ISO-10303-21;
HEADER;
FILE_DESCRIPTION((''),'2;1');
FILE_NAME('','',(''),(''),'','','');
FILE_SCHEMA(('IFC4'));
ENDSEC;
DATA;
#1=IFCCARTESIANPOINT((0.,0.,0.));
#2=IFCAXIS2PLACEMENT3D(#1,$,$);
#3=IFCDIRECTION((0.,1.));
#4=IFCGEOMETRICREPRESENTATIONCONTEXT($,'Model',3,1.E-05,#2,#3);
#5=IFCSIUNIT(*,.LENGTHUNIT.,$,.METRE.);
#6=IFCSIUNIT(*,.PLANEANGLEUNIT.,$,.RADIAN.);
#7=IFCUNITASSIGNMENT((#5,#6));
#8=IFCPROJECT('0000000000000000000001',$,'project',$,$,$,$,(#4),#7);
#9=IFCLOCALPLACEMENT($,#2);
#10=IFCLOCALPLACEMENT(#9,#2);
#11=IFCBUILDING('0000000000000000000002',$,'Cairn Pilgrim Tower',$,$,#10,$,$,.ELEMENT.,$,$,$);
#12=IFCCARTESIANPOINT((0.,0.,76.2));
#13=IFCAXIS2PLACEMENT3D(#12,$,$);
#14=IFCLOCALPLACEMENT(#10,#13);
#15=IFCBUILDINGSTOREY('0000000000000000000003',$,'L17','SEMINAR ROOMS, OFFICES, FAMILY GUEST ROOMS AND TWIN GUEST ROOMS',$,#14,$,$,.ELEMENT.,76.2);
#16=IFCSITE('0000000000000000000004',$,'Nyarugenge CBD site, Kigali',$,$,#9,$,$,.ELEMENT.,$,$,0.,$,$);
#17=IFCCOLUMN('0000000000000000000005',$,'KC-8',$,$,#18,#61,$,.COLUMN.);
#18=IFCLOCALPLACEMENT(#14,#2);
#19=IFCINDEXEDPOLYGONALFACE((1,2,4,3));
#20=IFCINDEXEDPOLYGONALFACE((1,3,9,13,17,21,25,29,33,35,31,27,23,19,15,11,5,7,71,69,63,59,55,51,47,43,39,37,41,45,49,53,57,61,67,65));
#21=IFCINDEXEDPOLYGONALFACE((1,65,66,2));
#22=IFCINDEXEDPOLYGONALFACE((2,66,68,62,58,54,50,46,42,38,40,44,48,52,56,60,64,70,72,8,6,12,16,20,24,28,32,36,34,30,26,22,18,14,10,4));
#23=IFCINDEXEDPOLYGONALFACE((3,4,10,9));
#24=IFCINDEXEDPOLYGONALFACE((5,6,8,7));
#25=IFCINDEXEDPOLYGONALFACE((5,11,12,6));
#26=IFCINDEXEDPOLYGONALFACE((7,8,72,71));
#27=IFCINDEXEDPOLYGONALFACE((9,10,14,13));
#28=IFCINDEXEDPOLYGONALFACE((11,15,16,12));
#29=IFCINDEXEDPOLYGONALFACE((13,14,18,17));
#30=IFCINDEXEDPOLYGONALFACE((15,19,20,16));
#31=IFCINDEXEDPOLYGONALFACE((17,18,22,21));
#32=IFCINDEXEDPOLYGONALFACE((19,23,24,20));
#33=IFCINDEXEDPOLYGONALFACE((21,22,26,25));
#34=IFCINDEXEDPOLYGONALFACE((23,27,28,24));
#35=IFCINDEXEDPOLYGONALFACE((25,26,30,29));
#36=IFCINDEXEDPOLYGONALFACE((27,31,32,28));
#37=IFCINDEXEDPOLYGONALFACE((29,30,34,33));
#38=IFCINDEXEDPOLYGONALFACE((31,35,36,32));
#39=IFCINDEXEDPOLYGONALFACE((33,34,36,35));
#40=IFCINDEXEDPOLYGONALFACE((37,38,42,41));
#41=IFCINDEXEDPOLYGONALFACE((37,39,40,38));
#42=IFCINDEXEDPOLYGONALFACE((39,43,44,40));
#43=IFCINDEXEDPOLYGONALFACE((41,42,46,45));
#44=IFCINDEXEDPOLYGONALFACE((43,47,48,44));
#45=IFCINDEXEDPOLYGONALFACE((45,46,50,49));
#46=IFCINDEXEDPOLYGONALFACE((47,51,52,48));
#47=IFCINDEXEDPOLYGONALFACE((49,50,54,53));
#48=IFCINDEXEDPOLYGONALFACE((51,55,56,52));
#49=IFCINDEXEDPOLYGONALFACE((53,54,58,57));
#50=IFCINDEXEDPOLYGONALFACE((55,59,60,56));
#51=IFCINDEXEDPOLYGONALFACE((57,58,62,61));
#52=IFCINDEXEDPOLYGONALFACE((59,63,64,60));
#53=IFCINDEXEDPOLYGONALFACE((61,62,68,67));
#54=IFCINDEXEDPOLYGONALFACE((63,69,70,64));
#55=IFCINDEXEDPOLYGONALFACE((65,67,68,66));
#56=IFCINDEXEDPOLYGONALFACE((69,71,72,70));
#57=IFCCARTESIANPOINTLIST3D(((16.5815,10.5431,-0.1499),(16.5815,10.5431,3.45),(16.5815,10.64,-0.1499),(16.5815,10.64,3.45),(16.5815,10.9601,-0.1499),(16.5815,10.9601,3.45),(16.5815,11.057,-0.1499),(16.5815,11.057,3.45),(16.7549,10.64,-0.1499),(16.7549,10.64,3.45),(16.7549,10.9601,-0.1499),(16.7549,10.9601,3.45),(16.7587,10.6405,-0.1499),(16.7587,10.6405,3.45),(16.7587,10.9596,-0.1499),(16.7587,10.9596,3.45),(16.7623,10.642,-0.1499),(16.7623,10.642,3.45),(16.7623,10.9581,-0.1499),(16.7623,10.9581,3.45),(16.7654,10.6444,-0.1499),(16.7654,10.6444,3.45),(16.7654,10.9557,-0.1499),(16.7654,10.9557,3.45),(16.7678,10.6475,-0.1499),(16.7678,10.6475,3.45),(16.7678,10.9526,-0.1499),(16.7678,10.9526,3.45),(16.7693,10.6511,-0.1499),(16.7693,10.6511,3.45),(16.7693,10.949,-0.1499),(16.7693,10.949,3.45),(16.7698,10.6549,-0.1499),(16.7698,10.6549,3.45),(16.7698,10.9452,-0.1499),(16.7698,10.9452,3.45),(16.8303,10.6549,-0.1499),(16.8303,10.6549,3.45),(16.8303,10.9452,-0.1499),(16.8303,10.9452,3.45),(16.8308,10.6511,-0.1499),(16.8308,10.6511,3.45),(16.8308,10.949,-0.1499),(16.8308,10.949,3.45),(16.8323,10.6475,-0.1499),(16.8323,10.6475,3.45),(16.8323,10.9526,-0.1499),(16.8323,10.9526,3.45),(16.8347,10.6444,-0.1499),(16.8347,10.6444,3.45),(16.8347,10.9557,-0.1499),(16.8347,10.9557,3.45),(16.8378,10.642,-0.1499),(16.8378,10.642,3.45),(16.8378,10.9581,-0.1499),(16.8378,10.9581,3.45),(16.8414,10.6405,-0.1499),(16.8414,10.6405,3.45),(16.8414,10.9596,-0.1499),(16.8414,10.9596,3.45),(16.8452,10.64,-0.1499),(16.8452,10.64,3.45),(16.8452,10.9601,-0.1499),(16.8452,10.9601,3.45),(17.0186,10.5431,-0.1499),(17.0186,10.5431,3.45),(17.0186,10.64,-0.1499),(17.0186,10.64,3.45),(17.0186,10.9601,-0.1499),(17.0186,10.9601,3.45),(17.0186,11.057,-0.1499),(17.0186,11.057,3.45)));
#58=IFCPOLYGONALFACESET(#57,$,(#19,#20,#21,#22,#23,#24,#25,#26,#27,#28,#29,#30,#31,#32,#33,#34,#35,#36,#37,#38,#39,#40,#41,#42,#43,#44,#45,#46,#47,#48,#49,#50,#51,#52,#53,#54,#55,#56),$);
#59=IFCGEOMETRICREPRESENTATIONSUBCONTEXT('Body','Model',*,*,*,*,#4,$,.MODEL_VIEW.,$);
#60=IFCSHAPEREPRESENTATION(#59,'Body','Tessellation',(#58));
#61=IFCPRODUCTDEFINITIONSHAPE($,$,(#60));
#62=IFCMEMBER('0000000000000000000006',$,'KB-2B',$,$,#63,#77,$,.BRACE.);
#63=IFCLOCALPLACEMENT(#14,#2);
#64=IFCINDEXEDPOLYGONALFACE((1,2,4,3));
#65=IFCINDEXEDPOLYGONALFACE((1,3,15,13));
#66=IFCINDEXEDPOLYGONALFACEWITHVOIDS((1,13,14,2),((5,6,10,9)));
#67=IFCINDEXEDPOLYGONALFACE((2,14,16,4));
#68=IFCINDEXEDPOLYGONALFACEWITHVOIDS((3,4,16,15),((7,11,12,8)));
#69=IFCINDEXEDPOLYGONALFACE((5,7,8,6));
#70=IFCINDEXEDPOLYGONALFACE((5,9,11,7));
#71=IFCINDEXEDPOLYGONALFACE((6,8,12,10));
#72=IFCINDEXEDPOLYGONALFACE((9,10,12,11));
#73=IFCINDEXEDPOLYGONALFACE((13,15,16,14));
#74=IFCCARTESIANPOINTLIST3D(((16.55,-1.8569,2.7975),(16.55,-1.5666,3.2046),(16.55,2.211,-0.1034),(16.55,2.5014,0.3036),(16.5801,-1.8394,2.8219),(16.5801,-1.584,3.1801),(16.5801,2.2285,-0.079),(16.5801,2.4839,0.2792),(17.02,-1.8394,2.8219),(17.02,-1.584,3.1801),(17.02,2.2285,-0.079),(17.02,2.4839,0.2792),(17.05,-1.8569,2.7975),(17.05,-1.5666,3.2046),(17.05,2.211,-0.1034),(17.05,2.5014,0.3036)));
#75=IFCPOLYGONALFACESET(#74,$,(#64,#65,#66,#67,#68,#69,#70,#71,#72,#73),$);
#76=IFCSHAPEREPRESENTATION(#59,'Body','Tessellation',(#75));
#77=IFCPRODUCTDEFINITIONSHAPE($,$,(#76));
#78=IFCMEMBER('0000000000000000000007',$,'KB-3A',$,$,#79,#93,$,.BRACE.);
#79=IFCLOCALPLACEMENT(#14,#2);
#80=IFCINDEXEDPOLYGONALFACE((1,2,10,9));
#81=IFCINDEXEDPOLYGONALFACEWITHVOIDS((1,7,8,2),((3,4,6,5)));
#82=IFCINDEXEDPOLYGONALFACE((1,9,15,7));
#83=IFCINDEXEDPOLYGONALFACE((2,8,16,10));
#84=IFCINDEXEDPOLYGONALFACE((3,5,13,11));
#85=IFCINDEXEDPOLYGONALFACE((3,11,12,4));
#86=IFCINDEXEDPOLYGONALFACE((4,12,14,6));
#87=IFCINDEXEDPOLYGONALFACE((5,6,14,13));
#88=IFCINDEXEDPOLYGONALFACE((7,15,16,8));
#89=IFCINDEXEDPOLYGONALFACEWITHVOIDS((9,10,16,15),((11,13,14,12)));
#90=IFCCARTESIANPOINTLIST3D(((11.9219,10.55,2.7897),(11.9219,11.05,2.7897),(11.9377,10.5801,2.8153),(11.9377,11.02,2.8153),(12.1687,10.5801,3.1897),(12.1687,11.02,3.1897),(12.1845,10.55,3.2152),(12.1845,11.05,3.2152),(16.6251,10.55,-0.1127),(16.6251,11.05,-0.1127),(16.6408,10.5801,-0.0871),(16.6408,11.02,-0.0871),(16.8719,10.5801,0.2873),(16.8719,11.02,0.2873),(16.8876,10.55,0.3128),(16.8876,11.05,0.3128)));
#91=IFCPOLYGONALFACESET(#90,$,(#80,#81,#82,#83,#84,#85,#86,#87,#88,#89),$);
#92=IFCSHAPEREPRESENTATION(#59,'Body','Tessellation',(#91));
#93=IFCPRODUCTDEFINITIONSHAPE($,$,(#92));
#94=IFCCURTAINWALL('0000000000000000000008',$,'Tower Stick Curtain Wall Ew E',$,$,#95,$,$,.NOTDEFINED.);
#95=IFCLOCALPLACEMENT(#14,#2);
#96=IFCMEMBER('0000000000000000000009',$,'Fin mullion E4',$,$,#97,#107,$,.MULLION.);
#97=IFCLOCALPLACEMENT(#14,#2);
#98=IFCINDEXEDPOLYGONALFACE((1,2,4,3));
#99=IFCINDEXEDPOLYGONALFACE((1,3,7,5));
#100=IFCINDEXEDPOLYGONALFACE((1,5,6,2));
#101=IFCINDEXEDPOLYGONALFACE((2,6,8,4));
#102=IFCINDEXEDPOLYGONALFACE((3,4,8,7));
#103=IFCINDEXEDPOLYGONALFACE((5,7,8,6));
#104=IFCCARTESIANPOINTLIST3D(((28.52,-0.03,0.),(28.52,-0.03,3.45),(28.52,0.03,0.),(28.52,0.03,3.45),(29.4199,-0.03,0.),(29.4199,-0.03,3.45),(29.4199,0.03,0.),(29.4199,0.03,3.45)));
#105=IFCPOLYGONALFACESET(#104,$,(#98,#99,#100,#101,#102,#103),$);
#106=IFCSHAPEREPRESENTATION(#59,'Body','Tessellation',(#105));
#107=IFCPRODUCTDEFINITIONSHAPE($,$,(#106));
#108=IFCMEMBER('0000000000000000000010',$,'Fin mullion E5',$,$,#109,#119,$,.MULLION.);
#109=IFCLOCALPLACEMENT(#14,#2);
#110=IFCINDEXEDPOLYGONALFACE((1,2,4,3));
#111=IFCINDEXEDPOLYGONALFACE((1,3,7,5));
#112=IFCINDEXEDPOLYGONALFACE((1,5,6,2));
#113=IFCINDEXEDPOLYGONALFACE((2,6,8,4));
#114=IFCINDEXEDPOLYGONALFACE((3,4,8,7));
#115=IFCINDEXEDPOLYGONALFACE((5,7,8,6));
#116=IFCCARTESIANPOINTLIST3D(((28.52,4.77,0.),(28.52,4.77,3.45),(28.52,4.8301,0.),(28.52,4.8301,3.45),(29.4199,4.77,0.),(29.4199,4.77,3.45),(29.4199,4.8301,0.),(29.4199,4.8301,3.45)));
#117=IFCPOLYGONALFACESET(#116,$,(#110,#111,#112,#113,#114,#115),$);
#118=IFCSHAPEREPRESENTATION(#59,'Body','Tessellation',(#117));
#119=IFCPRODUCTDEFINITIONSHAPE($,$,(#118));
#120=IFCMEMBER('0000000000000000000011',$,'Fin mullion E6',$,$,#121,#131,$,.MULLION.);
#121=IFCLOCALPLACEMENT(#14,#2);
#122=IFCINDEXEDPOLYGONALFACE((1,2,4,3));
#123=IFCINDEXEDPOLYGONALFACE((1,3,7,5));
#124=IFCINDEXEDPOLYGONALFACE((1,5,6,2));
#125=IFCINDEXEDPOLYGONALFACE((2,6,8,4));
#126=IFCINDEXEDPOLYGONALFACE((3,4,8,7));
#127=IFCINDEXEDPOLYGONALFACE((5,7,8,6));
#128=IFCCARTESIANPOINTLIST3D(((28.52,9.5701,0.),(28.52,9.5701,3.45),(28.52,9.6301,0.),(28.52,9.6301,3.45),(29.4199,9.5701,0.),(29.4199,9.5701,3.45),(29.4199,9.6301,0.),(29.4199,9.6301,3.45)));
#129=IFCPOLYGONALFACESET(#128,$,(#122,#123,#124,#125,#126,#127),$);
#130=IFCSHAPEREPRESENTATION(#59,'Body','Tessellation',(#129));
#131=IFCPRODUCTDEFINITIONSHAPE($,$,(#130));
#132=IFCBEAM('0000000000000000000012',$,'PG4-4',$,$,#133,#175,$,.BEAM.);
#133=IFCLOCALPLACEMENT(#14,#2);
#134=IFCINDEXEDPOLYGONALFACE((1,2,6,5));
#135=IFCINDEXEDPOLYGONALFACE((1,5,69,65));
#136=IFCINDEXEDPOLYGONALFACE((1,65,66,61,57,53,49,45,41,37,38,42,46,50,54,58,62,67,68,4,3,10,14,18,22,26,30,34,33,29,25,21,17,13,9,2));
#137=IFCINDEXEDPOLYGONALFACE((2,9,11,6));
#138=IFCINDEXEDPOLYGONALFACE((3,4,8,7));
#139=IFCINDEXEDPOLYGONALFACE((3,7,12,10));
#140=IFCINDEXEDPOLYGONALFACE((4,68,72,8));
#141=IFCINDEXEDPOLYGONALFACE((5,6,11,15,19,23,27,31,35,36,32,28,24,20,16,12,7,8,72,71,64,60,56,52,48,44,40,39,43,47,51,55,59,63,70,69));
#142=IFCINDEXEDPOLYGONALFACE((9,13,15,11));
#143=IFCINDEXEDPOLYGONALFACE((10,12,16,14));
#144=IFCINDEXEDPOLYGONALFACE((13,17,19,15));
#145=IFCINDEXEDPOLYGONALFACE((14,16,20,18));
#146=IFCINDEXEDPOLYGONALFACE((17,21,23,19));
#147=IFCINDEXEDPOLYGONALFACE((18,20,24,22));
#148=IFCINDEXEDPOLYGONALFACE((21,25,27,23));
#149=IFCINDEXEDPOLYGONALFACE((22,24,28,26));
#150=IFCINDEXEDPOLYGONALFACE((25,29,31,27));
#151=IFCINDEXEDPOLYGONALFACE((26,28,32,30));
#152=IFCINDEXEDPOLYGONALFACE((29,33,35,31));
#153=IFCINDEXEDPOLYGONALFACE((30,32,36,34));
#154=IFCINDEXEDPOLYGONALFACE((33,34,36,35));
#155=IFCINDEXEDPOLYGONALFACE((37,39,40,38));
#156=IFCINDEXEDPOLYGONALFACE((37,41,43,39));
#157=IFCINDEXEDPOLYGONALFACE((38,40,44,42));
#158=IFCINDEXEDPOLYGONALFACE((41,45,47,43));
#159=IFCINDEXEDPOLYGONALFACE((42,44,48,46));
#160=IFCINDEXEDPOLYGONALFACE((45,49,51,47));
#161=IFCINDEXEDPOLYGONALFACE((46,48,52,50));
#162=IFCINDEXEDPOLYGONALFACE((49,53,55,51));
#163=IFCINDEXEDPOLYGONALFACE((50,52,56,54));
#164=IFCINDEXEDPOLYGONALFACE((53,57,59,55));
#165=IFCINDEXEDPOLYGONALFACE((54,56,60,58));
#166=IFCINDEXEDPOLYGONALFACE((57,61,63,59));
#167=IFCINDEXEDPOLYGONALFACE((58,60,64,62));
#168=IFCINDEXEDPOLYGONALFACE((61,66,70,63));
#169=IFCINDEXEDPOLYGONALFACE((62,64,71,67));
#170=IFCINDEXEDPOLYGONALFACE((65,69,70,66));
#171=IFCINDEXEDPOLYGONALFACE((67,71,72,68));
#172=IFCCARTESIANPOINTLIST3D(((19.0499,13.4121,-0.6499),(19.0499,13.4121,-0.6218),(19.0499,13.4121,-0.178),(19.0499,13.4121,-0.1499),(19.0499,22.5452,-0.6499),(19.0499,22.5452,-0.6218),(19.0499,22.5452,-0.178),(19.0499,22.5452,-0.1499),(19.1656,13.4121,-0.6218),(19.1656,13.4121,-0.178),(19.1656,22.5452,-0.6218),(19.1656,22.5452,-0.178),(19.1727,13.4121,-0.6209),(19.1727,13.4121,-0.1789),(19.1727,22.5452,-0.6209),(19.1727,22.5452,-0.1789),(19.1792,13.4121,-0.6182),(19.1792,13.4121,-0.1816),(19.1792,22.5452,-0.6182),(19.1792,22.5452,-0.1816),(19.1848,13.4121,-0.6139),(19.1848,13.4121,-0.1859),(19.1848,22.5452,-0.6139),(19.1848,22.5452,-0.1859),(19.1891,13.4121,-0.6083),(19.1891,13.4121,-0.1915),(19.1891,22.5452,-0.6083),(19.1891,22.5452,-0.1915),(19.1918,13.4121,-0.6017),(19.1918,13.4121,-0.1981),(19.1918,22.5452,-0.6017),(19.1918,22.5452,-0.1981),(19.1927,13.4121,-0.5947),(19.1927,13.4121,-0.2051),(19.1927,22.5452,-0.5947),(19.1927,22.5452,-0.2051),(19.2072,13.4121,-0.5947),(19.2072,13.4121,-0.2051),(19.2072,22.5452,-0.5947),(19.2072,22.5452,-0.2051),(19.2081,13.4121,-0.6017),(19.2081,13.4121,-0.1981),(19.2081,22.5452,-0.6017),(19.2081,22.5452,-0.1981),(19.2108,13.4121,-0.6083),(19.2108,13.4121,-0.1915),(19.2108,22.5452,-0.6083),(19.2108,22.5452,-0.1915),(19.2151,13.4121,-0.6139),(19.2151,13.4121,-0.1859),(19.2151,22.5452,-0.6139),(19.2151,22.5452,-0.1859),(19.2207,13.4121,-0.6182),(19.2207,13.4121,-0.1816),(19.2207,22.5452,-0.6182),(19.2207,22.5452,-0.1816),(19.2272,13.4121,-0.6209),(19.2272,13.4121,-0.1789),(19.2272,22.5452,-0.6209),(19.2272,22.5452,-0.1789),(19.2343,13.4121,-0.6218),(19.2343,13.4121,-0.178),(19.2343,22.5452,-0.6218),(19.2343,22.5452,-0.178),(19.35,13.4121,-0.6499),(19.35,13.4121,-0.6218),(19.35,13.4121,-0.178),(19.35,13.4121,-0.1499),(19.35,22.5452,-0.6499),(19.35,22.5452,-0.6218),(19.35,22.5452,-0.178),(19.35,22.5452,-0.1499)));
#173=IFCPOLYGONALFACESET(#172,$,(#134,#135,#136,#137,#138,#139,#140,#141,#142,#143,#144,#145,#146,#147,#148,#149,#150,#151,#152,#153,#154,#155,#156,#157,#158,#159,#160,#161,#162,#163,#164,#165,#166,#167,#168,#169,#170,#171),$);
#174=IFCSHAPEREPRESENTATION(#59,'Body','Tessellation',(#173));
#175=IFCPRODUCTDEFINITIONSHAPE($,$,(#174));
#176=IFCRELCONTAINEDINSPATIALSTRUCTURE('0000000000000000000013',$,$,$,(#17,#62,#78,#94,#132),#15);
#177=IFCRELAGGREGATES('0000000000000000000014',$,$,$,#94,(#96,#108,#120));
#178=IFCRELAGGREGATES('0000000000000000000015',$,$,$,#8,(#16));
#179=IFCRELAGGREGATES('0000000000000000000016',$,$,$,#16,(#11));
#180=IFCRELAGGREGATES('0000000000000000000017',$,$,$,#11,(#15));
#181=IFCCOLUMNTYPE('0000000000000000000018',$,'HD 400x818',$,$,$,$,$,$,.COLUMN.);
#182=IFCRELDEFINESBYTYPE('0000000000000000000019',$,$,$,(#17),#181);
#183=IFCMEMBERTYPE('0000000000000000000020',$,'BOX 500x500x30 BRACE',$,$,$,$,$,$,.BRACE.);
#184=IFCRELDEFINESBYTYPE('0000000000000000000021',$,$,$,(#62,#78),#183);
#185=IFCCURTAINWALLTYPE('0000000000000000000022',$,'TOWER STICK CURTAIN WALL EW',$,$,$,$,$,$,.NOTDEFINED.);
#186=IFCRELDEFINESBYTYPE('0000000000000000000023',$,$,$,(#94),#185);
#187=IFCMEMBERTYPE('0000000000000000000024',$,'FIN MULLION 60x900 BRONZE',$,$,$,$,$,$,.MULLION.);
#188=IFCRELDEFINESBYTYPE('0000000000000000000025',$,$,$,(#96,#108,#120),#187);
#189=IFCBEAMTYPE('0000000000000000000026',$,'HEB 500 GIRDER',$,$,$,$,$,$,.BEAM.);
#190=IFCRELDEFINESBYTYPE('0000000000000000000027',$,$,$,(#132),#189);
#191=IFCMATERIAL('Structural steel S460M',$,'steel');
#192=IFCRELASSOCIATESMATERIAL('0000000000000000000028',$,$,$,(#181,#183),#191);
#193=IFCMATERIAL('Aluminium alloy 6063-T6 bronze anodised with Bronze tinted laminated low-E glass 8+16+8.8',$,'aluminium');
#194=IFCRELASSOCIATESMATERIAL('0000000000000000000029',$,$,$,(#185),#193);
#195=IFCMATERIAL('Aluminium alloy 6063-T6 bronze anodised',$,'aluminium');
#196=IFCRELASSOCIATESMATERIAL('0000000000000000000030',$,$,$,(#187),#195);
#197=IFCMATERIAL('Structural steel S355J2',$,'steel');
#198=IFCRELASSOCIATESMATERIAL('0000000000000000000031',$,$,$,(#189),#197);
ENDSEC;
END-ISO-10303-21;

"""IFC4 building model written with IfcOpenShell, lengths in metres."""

from ifc_helpers import new_model, si_unit, direction, frame, origin, origin_2d, place, context, subcontext, project, spatial, rectangle, hollow_rectangle, i_section, extrude, material, material_profile, profile_set, type_object, element, aggregate, save


model = new_model("IFC4")

# Units and contexts
model_context = context("Model", 3, precision=1e-05, world=origin(), true_north=direction((0.0, 1.0)))
body_context = subcontext(model_context, "Body", "Model", "MODEL_VIEW")
ifc_project = project(units=[si_unit("LENGTHUNIT", "METRE"), si_unit("PLANEANGLEUNIT", "RADIAN")], contexts=[model_context])

# Site, building, storey
site_placement = place(None, origin())
site = spatial("IfcSite", under=ifc_project, at=site_placement, Name="Nyarugenge CBD site, Kigali", CompositionType="ELEMENT", RefElevation=0.0)
building_placement = place(site_placement, origin())
building = spatial("IfcBuilding", under=site, at=building_placement, Name="Cairn Pilgrim Tower", CompositionType="ELEMENT")
storey_placement = place(building_placement, frame((0.0, 0.0, 76.2)))
storey = spatial("IfcBuildingStorey", under=building, at=storey_placement, Name="L17", Description="SEMINAR ROOMS, OFFICES, FAMILY GUEST ROOMS AND TWIN GUEST ROOMS", CompositionType="ELEMENT", Elevation=76.2)

# Column
ifc_material_1 = material(Name="Structural steel S460M", Category="steel")
ifc_material_profile_1 = material_profile(ifc_material_1, i_section(OverallWidth=0.437, OverallDepth=0.5139, WebThickness=0.0605, FlangeThickness=0.0969, FilletRadius=0.0149, at=origin_2d()), Name="HD 400x818")
ifc_profile_set_1 = profile_set([ifc_material_profile_1], Name="Structural steel S460M")
column_type_1 = type_object("IfcColumnType", Name="HD 400x818", PredefinedType="COLUMN", material=ifc_profile_set_1)
for number, where, z_axis, x_axis, name in (
    (1, (16.8, 10.8, -0.1499), (0.0, 0.0, 1.0), (1.0, 0.0, 0.0), "KC-8"),
):
    element("IfcColumn", number, at=place(storey_placement, frame(where, z_axis=z_axis, x_axis=x_axis)), inside=storey, type_object=column_type_1, Name=name, PredefinedType="COLUMN", context=body_context, shape_type="SweptSolid", body=[
        extrude(i_section(OverallWidth=0.437, OverallDepth=0.5139, WebThickness=0.0605, FlangeThickness=0.0969, FilletRadius=0.0149, at=origin_2d()), origin(), (0.0, 0.0, 1.0), 3.5999),
    ])

# Members
ifc_material_profile_2 = material_profile(ifc_material_1, hollow_rectangle(XDim=0.5, YDim=0.5, WallThickness=0.03, at=origin_2d()), Name="BOX 500x500x30")
ifc_profile_set_2 = profile_set([ifc_material_profile_2], Name="Structural steel S460M")
member_type_1 = type_object("IfcMemberType", Name="BOX 500x500x30 BRACE", PredefinedType="BRACE", material=ifc_profile_set_2)
member_1_placement = place(storey_placement, frame((16.8, 2.3562, 0.1001), z_axis=(0.0, -0.814182, 0.580609), x_axis=(1.0, 0.0, 0.0)))
element("IfcMember", 2, at=member_1_placement, inside=storey, type_object=member_type_1, Name="KB-2B", PredefinedType="BRACE", context=body_context, shape_type="SweptSolid", body=[
    extrude(hollow_rectangle(XDim=0.5, YDim=0.5, WallThickness=0.03, at=origin_2d()), origin(), (0.0, 0.0, 1.0), 4.9963),
])
member_2_placement = place(storey_placement, frame((16.7563, 10.8, 0.1001), z_axis=(-0.851002, 0.0, 0.525162), x_axis=(0.0, -1.0, 0.0)))
element("IfcMember", 3, at=member_2_placement, inside=storey, type_object=member_type_1, Name="KB-3A", PredefinedType="BRACE", context=body_context, shape_type="SweptSolid", body=[
    extrude(hollow_rectangle(XDim=0.5, YDim=0.5, WallThickness=0.03, at=origin_2d()), origin(), (0.0, 0.0, 1.0), 5.5266),
])

# Curtain wall, members
ifc_material_2 = material(Name="Aluminium alloy 6063-T6 bronze anodised with Bronze tinted laminated low-E glass 8+16+8.8", Category="aluminium")
curtain_wall_type = type_object("IfcCurtainWallType", Name="TOWER STICK CURTAIN WALL EW", PredefinedType="NOTDEFINED", material=ifc_material_2)
curtain_wall_placement = place(storey_placement, origin())
curtain_wall = element("IfcCurtainWall", 4, at=curtain_wall_placement, inside=storey, type_object=curtain_wall_type, Name="Tower Stick Curtain Wall Ew E", PredefinedType="NOTDEFINED")
ifc_material_3 = material(Name="Aluminium alloy 6063-T6 bronze anodised", Category="aluminium")
ifc_material_profile_3 = material_profile(ifc_material_3, rectangle(XDim=0.8999, YDim=0.0601, at=origin_2d()), Name="FIN MULLION 60x900 BRONZE")
ifc_profile_set_3 = profile_set([ifc_material_profile_3], Name="Aluminium alloy 6063-T6 bronze anodised")
member_type_2 = type_object("IfcMemberType", Name="FIN MULLION 60x900 BRONZE", PredefinedType="MULLION", material=ifc_profile_set_3)
member_3_placement = place(storey_placement, frame((28.97, 0.0, 0.0), z_axis=(0.0, 0.0, 1.0), x_axis=(1.0, 0.0, 0.0)))
member_3 = element("IfcMember", 5, at=member_3_placement, type_object=member_type_2, Name="Fin mullion E4", PredefinedType="MULLION", context=body_context, shape_type="SweptSolid", body=[
    extrude(rectangle(XDim=0.8999, YDim=0.0601, at=origin_2d()), origin(), (0.0, 0.0, 1.0), 3.45),
])
member_4_placement = place(storey_placement, frame((28.97, 4.8, 0.0), z_axis=(0.0, 0.0, 1.0), x_axis=(1.0, 0.0, 0.0)))
member_4 = element("IfcMember", 6, at=member_4_placement, type_object=member_type_2, Name="Fin mullion E5", PredefinedType="MULLION", context=body_context, shape_type="SweptSolid", body=[
    extrude(rectangle(XDim=0.8999, YDim=0.0601, at=origin_2d()), origin(), (0.0, 0.0, 1.0), 3.45),
])
member_5_placement = place(storey_placement, frame((28.97, 9.6001, 0.0), z_axis=(0.0, 0.0, 1.0), x_axis=(1.0, 0.0, 0.0)))
member_5 = element("IfcMember", 7, at=member_5_placement, type_object=member_type_2, Name="Fin mullion E6", PredefinedType="MULLION", context=body_context, shape_type="SweptSolid", body=[
    extrude(rectangle(XDim=0.8999, YDim=0.0601, at=origin_2d()), origin(), (0.0, 0.0, 1.0), 3.45),
])

# Beam
ifc_material_4 = material(Name="Structural steel S355J2", Category="steel")
ifc_material_profile_4 = material_profile(ifc_material_4, i_section(OverallWidth=0.3, OverallDepth=0.5, WebThickness=0.0144, FlangeThickness=0.0281, FilletRadius=0.0271, at=origin_2d()), Name="HEB 500")
ifc_profile_set_4 = profile_set([ifc_material_profile_4], Name="Structural steel S355J2")
beam_type_1 = type_object("IfcBeamType", Name="HEB 500 GIRDER", PredefinedType="BEAM", material=ifc_profile_set_4)
beam_1_placement = place(storey_placement, frame((19.2, 13.4121, -0.3999), z_axis=(0.0, 1.0, 0.0), x_axis=(-1.0, 0.0, 0.0)))
element("IfcBeam", 8, at=beam_1_placement, inside=storey, type_object=beam_type_1, Name="PG4-4", PredefinedType="BEAM", context=body_context, shape_type="SweptSolid", body=[
    extrude(i_section(OverallWidth=0.3, OverallDepth=0.5, WebThickness=0.0144, FlangeThickness=0.0281, FilletRadius=0.0271, at=origin_2d()), origin(), (0.0, 0.0, 1.0), 9.1331),
])

aggregate(curtain_wall, [member_3, member_4, member_5])

save(model, "model.ifc")
